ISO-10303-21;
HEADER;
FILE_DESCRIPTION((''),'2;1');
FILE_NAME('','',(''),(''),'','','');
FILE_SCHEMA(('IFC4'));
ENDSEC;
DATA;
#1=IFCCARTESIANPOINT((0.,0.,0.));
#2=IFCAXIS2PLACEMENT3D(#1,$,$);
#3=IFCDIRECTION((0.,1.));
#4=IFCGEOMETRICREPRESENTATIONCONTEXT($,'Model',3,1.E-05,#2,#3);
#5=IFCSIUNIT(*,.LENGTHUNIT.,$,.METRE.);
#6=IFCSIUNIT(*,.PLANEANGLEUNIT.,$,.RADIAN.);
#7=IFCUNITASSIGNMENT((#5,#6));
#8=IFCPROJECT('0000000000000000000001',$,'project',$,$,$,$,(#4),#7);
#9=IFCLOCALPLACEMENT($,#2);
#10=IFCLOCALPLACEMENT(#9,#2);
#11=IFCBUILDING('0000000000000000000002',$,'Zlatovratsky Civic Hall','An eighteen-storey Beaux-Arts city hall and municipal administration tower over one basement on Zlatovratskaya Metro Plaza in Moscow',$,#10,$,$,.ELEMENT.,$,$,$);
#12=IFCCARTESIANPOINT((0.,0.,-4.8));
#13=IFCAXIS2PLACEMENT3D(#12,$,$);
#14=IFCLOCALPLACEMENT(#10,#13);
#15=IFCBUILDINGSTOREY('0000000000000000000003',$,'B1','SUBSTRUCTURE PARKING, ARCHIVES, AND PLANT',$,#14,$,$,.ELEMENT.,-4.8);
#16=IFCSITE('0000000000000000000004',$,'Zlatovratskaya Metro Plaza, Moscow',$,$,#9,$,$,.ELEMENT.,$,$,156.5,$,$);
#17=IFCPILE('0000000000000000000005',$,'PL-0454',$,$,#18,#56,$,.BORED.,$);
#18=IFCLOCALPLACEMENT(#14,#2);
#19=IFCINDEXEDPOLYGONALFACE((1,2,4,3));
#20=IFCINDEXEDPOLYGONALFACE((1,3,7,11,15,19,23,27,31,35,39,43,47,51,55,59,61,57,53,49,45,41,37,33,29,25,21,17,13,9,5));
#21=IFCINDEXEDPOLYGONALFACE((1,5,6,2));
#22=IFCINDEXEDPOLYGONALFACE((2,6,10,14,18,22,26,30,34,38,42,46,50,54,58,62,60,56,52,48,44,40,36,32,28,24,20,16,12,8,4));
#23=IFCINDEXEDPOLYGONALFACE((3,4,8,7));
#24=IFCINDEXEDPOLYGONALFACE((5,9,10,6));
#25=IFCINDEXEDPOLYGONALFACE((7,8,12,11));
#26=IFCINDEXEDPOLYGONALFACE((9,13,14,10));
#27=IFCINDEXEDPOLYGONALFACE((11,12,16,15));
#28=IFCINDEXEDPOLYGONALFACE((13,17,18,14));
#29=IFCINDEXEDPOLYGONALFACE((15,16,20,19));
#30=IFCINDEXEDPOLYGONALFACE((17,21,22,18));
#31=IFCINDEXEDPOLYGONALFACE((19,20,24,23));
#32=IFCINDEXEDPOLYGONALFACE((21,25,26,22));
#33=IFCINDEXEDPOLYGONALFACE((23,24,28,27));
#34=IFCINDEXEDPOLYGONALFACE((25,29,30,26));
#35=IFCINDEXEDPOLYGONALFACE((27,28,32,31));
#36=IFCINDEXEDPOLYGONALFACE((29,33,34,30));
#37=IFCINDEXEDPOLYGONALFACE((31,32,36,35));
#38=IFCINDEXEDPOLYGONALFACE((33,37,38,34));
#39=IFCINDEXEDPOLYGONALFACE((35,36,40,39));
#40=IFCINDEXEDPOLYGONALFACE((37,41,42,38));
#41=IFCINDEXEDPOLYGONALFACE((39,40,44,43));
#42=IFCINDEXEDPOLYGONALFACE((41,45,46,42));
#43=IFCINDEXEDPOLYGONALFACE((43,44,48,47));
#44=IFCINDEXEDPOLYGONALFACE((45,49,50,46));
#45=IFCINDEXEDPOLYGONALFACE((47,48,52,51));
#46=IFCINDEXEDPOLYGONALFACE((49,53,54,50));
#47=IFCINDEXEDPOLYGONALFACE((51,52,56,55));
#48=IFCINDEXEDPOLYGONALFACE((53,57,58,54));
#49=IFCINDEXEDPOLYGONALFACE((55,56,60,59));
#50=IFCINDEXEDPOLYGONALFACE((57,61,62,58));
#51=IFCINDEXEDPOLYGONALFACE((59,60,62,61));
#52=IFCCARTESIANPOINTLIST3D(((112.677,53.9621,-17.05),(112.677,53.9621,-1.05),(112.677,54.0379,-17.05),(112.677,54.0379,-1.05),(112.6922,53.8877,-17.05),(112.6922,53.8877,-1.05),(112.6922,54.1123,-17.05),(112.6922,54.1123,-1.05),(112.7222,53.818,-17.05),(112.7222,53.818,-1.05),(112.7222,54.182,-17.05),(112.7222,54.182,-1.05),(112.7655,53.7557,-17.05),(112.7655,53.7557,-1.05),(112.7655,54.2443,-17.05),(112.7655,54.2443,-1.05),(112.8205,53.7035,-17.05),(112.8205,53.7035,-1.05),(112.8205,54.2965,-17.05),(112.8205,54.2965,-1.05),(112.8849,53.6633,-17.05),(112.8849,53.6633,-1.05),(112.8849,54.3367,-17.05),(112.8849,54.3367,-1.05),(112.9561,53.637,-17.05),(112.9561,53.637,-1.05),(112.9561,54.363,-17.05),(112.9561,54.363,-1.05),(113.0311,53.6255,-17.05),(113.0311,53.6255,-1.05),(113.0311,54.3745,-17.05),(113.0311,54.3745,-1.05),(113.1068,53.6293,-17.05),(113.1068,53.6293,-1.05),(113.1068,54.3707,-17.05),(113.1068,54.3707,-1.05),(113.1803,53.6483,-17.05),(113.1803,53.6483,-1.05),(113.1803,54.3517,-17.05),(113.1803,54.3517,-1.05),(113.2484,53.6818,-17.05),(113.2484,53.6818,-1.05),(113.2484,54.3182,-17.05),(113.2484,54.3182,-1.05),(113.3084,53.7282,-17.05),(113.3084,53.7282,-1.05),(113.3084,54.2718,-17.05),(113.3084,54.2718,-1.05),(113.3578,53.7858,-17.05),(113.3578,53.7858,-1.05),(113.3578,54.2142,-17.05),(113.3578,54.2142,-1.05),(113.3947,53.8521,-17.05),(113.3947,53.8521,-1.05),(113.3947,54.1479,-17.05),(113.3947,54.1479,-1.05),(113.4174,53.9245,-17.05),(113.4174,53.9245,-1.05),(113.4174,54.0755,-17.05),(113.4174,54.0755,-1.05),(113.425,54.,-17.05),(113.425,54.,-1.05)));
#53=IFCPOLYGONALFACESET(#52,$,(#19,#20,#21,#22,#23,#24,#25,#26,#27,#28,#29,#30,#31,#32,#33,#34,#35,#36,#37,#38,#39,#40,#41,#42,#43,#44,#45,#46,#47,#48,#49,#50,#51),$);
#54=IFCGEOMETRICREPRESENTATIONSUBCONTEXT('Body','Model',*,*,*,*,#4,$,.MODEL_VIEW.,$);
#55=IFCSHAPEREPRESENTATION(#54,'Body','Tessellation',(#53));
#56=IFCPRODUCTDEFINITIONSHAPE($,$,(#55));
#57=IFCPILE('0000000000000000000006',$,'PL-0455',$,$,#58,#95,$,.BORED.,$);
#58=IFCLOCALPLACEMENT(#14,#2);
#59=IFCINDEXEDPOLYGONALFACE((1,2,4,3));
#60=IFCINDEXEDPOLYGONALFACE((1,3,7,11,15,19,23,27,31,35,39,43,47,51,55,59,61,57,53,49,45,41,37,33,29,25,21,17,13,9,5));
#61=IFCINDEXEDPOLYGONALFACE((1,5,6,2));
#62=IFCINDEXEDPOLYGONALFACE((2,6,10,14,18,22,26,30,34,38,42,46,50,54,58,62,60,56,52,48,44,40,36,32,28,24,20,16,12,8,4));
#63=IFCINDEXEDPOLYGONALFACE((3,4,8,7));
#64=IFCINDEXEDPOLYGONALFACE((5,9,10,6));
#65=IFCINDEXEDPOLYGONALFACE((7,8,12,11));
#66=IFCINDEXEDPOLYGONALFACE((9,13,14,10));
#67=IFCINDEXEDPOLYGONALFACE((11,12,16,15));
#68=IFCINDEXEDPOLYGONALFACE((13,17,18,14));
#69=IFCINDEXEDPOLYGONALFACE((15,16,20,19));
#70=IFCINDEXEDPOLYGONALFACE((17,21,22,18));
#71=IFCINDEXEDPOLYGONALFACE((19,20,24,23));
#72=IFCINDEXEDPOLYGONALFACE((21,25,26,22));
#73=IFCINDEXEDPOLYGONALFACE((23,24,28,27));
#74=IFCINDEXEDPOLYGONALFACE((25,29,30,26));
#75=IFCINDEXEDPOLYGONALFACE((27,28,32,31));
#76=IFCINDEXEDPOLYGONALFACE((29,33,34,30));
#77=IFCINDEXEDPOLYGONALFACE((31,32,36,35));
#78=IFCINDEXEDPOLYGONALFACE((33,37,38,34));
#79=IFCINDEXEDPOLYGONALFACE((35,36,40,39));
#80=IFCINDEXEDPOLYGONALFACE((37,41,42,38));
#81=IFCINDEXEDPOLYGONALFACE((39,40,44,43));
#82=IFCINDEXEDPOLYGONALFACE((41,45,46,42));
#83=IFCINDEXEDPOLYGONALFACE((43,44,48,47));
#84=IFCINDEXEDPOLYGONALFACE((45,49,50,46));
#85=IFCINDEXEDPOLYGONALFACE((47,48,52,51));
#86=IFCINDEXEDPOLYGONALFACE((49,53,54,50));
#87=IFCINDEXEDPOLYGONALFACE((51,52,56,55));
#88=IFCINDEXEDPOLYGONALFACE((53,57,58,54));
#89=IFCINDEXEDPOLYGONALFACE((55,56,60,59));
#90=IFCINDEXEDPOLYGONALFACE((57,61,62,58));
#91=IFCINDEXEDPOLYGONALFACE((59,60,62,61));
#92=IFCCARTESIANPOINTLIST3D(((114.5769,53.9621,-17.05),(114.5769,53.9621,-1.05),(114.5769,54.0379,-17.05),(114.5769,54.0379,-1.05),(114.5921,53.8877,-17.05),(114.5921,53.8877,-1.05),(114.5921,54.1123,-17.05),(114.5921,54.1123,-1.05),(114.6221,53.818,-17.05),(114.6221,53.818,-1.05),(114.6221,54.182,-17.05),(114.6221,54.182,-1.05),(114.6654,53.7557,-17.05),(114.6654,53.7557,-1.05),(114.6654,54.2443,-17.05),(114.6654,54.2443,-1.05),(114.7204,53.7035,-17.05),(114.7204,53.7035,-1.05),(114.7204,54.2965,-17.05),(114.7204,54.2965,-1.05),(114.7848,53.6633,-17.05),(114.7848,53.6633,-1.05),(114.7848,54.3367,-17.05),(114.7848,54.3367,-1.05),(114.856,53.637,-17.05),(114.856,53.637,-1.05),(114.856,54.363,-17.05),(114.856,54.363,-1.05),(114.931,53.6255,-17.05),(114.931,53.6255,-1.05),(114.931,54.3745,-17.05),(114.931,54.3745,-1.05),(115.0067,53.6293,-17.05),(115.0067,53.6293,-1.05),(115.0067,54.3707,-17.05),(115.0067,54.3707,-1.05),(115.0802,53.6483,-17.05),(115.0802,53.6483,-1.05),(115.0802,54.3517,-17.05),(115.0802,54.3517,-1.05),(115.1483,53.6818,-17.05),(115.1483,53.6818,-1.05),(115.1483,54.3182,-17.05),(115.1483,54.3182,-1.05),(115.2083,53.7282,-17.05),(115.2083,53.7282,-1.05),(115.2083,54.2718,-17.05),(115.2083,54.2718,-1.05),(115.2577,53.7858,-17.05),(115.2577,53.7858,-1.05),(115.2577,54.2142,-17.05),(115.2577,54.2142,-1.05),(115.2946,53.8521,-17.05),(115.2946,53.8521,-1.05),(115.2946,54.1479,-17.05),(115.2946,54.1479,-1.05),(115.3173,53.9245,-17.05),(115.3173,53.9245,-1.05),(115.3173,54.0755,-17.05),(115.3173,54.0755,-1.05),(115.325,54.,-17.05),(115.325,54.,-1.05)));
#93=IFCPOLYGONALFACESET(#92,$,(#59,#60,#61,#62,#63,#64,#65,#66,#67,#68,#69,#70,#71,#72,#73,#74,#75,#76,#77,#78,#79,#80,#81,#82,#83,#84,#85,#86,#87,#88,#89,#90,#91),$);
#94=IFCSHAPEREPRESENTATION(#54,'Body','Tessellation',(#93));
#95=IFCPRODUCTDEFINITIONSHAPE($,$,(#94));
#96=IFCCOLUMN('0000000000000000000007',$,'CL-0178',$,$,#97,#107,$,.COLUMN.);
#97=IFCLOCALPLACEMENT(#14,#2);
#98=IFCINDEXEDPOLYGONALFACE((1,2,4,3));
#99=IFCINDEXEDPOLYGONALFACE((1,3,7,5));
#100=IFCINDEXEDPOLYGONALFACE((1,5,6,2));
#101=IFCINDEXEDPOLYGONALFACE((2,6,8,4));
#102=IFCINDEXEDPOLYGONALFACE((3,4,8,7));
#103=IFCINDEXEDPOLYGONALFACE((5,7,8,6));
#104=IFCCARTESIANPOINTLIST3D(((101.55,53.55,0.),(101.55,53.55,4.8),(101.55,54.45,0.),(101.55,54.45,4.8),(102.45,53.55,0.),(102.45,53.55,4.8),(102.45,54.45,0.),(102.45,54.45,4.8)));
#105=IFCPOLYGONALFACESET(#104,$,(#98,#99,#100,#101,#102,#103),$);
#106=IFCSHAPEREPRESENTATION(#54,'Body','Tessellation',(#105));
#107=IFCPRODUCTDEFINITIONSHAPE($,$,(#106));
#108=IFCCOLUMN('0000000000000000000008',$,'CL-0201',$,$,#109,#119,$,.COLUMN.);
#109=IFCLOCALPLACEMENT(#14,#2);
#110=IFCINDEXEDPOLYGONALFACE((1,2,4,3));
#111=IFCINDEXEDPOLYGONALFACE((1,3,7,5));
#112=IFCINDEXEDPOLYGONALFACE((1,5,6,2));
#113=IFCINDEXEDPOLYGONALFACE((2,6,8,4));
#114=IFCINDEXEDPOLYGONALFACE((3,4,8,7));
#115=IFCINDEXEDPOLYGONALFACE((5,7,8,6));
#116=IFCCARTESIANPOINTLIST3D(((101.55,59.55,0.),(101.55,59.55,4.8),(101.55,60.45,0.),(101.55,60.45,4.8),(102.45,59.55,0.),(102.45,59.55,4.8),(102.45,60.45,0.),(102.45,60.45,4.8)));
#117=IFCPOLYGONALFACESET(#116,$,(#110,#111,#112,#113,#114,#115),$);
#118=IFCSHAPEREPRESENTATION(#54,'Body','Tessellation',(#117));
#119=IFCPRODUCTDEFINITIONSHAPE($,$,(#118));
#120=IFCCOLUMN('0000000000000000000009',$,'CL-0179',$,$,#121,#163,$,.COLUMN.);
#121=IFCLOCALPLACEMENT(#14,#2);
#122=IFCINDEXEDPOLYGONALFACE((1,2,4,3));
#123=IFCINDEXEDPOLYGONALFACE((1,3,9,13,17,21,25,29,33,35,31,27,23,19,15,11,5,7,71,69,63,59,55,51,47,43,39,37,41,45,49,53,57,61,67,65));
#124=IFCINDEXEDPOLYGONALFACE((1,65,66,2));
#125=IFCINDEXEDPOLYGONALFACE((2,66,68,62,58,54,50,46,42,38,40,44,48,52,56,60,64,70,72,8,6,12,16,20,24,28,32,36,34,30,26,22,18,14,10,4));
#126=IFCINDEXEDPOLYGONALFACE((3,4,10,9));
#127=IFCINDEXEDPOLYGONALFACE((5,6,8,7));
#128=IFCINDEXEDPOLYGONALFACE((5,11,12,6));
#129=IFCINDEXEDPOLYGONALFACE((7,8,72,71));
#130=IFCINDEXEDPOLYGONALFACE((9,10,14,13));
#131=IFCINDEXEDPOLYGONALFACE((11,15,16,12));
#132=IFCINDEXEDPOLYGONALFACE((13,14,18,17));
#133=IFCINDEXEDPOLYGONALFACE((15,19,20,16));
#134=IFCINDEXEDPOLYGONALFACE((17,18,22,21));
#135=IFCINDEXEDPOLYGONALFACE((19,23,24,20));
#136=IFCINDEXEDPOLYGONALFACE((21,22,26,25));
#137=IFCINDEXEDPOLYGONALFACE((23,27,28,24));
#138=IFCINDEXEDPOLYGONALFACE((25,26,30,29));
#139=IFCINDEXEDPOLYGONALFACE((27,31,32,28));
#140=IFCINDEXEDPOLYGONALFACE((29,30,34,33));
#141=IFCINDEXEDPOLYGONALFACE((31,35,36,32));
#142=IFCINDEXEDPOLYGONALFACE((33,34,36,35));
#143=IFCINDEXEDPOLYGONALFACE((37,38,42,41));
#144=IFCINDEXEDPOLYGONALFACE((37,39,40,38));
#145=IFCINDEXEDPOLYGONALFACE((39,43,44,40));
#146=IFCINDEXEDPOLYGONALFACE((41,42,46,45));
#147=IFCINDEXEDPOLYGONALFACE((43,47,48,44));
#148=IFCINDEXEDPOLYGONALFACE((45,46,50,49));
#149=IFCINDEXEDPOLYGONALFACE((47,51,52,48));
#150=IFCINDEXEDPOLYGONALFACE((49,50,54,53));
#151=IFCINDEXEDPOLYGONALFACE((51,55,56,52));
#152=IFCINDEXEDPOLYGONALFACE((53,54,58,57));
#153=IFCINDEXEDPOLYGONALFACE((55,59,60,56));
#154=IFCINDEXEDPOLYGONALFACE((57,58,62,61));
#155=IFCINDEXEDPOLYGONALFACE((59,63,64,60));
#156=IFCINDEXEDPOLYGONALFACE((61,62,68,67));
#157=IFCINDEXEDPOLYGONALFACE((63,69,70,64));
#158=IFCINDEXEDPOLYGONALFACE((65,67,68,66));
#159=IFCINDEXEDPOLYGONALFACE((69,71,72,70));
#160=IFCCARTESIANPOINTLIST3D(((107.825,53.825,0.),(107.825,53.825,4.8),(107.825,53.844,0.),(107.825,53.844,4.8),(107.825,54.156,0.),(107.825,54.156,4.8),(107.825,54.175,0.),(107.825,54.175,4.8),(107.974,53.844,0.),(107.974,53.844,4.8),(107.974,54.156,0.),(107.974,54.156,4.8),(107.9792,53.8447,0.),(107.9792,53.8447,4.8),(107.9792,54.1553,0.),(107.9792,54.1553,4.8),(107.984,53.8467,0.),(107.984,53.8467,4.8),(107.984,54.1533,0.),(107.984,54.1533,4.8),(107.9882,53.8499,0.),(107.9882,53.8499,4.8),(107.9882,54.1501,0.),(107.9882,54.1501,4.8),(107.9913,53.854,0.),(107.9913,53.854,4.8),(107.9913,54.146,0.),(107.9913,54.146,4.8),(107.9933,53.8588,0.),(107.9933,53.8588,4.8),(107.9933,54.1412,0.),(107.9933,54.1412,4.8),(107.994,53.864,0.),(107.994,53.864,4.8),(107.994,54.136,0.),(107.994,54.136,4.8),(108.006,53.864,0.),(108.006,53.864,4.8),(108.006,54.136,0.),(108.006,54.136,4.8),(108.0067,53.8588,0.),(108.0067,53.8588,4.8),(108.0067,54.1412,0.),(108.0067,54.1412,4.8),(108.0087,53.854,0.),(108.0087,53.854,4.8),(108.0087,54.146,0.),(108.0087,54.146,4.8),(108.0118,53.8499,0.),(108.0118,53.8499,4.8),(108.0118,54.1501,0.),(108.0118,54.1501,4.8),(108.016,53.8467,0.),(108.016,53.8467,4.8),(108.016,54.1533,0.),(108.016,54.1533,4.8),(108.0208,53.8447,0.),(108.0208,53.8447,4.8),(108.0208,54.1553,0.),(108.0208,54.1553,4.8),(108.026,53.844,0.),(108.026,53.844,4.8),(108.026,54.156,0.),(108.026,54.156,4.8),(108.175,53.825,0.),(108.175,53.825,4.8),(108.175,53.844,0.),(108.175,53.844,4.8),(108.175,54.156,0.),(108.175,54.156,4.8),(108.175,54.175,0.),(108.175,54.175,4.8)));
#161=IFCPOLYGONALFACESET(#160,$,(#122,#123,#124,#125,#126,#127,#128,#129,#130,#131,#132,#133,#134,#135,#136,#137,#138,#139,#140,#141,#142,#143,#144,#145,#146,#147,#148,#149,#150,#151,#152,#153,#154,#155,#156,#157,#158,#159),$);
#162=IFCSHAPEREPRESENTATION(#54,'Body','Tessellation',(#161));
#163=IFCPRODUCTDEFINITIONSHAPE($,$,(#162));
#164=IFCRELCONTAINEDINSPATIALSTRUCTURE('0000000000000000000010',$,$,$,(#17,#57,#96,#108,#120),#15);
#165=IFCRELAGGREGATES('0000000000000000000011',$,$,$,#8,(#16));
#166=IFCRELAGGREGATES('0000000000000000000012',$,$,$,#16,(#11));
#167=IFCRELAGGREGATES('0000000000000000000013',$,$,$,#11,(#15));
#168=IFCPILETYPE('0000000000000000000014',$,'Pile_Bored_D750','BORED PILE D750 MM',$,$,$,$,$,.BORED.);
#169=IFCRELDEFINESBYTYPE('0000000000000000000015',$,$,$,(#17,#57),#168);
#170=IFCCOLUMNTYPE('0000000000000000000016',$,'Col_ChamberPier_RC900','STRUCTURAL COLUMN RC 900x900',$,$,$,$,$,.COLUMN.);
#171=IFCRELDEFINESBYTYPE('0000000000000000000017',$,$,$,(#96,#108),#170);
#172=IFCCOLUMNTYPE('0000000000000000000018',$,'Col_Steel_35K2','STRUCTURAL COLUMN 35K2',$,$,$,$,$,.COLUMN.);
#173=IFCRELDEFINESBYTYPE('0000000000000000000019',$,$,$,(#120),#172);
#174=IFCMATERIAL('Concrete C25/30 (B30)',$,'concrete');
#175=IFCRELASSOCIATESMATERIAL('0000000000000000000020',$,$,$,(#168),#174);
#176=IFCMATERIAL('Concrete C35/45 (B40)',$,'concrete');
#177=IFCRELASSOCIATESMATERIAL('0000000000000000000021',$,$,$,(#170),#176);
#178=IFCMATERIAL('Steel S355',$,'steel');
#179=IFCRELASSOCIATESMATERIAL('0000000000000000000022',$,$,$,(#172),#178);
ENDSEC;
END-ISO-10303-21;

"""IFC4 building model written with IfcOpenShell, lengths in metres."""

from ifc_helpers import new_model, si_unit, direction, frame, origin, origin_2d, place, context, subcontext, project, spatial, rectangle, circle, i_section, extrude, material, material_profile, profile_set, type_object, element, save


model = new_model("IFC4")

# Units and contexts
model_context = context("Model", 3, precision=1e-05, world=origin(), true_north=direction((0.0, 1.0)))
body_context = subcontext(model_context, "Body", "Model", "MODEL_VIEW")
ifc_project = project(units=[si_unit("LENGTHUNIT", "METRE"), si_unit("PLANEANGLEUNIT", "RADIAN")], contexts=[model_context])

# Site, building, storey
site_placement = place(None, origin())
site = spatial("IfcSite", under=ifc_project, at=site_placement, Name="Zlatovratskaya Metro Plaza, Moscow", CompositionType="ELEMENT", RefElevation=156.5)
building_placement = place(site_placement, origin())
building = spatial("IfcBuilding", under=site, at=building_placement, Name="Zlatovratsky Civic Hall", Description="An eighteen-storey Beaux-Arts city hall and municipal administration tower over one basement on Zlatovratskaya Metro Plaza in Moscow", CompositionType="ELEMENT")
storey_placement = place(building_placement, frame((0.0, 0.0, -4.8)))
storey = spatial("IfcBuildingStorey", under=building, at=storey_placement, Name="B1", Description="SUBSTRUCTURE PARKING, ARCHIVES, AND PLANT", CompositionType="ELEMENT", Elevation=-4.8)

# Shared definitions
ifc_material_1 = material(Name="Concrete C25/30 (B30)", Category="concrete")

# Piles
ifc_material_profile_1 = material_profile(ifc_material_1, circle(Radius=0.375, at=origin_2d()), Name="PILE D750")
ifc_profile_set_1 = profile_set([ifc_material_profile_1], Name="Concrete C25/30 (B30)")
pile_type_1 = type_object("IfcPileType", Name="Pile_Bored_D750", Description="BORED PILE D750 MM", PredefinedType="BORED", material=ifc_profile_set_1)
for number, where, z_axis, x_axis, name in (
    (1, (113.05, 54.0, -1.05), (0.0, 0.0, -1.0), (1.0, 0.0, 0.0), "PL-0454"),
    (2, (114.95, 54.0, -1.05), (0.0, 0.0, -1.0), (1.0, 0.0, 0.0), "PL-0455"),
):
    element("IfcPile", number, at=place(storey_placement, frame(where, z_axis=z_axis, x_axis=x_axis)), inside=storey, type_object=pile_type_1, Name=name, PredefinedType="BORED", context=body_context, shape_type="SweptSolid", body=[
        extrude(circle(Radius=0.375, at=origin_2d()), origin(), (0.0, 0.0, 1.0), 16.0),
    ])

# Columns
ifc_material_2 = material(Name="Concrete C35/45 (B40)", Category="concrete")
ifc_material_profile_2 = material_profile(ifc_material_2, rectangle(XDim=0.8999, YDim=0.8999, at=origin_2d()), Name="RC 900x900")
ifc_profile_set_2 = profile_set([ifc_material_profile_2], Name="Concrete C35/45 (B40)")
column_type_1 = type_object("IfcColumnType", Name="Col_ChamberPier_RC900", Description="STRUCTURAL COLUMN RC 900x900", PredefinedType="COLUMN", material=ifc_profile_set_2)
for number, where, z_axis, x_axis, name in (
    (3, (102.0, 54.0, 0.0), (0.0, 0.0, 1.0), (1.0, 0.0, 0.0), "CL-0178"),
    (4, (102.0, 60.0, 0.0), (0.0, 0.0, 1.0), (1.0, 0.0, 0.0), "CL-0201"),
):
    element("IfcColumn", number, at=place(storey_placement, frame(where, z_axis=z_axis, x_axis=x_axis)), inside=storey, type_object=column_type_1, Name=name, PredefinedType="COLUMN", context=body_context, shape_type="SweptSolid", body=[
        extrude(rectangle(XDim=0.8999, YDim=0.8999, at=origin_2d()), origin(), (0.0, 0.0, 1.0), 4.8),
    ])
ifc_material_3 = material(Name="Steel S355", Category="steel")
ifc_material_profile_3 = material_profile(ifc_material_3, i_section(OverallWidth=0.3501, OverallDepth=0.3501, WebThickness=0.012, FlangeThickness=0.019, FilletRadius=0.02, at=origin_2d()), Name="35K2")
ifc_profile_set_3 = profile_set([ifc_material_profile_3], Name="Steel S355")
column_type_2 = type_object("IfcColumnType", Name="Col_Steel_35K2", Description="STRUCTURAL COLUMN 35K2", PredefinedType="COLUMN", material=ifc_profile_set_3)
for number, where, z_axis, x_axis, name in (
    (5, (108.0, 54.0, 0.0), (0.0, 0.0, 1.0), (1.0, 0.0, 0.0), "CL-0179"),
):
    element("IfcColumn", number, at=place(storey_placement, frame(where, z_axis=z_axis, x_axis=x_axis)), inside=storey, type_object=column_type_2, Name=name, PredefinedType="COLUMN", context=body_context, shape_type="SweptSolid", body=[
        extrude(i_section(OverallWidth=0.3501, OverallDepth=0.3501, WebThickness=0.012, FlangeThickness=0.019, FilletRadius=0.02, at=origin_2d()), origin(), (0.0, 0.0, 1.0), 4.8),
    ])

save(model, "model.ifc")
